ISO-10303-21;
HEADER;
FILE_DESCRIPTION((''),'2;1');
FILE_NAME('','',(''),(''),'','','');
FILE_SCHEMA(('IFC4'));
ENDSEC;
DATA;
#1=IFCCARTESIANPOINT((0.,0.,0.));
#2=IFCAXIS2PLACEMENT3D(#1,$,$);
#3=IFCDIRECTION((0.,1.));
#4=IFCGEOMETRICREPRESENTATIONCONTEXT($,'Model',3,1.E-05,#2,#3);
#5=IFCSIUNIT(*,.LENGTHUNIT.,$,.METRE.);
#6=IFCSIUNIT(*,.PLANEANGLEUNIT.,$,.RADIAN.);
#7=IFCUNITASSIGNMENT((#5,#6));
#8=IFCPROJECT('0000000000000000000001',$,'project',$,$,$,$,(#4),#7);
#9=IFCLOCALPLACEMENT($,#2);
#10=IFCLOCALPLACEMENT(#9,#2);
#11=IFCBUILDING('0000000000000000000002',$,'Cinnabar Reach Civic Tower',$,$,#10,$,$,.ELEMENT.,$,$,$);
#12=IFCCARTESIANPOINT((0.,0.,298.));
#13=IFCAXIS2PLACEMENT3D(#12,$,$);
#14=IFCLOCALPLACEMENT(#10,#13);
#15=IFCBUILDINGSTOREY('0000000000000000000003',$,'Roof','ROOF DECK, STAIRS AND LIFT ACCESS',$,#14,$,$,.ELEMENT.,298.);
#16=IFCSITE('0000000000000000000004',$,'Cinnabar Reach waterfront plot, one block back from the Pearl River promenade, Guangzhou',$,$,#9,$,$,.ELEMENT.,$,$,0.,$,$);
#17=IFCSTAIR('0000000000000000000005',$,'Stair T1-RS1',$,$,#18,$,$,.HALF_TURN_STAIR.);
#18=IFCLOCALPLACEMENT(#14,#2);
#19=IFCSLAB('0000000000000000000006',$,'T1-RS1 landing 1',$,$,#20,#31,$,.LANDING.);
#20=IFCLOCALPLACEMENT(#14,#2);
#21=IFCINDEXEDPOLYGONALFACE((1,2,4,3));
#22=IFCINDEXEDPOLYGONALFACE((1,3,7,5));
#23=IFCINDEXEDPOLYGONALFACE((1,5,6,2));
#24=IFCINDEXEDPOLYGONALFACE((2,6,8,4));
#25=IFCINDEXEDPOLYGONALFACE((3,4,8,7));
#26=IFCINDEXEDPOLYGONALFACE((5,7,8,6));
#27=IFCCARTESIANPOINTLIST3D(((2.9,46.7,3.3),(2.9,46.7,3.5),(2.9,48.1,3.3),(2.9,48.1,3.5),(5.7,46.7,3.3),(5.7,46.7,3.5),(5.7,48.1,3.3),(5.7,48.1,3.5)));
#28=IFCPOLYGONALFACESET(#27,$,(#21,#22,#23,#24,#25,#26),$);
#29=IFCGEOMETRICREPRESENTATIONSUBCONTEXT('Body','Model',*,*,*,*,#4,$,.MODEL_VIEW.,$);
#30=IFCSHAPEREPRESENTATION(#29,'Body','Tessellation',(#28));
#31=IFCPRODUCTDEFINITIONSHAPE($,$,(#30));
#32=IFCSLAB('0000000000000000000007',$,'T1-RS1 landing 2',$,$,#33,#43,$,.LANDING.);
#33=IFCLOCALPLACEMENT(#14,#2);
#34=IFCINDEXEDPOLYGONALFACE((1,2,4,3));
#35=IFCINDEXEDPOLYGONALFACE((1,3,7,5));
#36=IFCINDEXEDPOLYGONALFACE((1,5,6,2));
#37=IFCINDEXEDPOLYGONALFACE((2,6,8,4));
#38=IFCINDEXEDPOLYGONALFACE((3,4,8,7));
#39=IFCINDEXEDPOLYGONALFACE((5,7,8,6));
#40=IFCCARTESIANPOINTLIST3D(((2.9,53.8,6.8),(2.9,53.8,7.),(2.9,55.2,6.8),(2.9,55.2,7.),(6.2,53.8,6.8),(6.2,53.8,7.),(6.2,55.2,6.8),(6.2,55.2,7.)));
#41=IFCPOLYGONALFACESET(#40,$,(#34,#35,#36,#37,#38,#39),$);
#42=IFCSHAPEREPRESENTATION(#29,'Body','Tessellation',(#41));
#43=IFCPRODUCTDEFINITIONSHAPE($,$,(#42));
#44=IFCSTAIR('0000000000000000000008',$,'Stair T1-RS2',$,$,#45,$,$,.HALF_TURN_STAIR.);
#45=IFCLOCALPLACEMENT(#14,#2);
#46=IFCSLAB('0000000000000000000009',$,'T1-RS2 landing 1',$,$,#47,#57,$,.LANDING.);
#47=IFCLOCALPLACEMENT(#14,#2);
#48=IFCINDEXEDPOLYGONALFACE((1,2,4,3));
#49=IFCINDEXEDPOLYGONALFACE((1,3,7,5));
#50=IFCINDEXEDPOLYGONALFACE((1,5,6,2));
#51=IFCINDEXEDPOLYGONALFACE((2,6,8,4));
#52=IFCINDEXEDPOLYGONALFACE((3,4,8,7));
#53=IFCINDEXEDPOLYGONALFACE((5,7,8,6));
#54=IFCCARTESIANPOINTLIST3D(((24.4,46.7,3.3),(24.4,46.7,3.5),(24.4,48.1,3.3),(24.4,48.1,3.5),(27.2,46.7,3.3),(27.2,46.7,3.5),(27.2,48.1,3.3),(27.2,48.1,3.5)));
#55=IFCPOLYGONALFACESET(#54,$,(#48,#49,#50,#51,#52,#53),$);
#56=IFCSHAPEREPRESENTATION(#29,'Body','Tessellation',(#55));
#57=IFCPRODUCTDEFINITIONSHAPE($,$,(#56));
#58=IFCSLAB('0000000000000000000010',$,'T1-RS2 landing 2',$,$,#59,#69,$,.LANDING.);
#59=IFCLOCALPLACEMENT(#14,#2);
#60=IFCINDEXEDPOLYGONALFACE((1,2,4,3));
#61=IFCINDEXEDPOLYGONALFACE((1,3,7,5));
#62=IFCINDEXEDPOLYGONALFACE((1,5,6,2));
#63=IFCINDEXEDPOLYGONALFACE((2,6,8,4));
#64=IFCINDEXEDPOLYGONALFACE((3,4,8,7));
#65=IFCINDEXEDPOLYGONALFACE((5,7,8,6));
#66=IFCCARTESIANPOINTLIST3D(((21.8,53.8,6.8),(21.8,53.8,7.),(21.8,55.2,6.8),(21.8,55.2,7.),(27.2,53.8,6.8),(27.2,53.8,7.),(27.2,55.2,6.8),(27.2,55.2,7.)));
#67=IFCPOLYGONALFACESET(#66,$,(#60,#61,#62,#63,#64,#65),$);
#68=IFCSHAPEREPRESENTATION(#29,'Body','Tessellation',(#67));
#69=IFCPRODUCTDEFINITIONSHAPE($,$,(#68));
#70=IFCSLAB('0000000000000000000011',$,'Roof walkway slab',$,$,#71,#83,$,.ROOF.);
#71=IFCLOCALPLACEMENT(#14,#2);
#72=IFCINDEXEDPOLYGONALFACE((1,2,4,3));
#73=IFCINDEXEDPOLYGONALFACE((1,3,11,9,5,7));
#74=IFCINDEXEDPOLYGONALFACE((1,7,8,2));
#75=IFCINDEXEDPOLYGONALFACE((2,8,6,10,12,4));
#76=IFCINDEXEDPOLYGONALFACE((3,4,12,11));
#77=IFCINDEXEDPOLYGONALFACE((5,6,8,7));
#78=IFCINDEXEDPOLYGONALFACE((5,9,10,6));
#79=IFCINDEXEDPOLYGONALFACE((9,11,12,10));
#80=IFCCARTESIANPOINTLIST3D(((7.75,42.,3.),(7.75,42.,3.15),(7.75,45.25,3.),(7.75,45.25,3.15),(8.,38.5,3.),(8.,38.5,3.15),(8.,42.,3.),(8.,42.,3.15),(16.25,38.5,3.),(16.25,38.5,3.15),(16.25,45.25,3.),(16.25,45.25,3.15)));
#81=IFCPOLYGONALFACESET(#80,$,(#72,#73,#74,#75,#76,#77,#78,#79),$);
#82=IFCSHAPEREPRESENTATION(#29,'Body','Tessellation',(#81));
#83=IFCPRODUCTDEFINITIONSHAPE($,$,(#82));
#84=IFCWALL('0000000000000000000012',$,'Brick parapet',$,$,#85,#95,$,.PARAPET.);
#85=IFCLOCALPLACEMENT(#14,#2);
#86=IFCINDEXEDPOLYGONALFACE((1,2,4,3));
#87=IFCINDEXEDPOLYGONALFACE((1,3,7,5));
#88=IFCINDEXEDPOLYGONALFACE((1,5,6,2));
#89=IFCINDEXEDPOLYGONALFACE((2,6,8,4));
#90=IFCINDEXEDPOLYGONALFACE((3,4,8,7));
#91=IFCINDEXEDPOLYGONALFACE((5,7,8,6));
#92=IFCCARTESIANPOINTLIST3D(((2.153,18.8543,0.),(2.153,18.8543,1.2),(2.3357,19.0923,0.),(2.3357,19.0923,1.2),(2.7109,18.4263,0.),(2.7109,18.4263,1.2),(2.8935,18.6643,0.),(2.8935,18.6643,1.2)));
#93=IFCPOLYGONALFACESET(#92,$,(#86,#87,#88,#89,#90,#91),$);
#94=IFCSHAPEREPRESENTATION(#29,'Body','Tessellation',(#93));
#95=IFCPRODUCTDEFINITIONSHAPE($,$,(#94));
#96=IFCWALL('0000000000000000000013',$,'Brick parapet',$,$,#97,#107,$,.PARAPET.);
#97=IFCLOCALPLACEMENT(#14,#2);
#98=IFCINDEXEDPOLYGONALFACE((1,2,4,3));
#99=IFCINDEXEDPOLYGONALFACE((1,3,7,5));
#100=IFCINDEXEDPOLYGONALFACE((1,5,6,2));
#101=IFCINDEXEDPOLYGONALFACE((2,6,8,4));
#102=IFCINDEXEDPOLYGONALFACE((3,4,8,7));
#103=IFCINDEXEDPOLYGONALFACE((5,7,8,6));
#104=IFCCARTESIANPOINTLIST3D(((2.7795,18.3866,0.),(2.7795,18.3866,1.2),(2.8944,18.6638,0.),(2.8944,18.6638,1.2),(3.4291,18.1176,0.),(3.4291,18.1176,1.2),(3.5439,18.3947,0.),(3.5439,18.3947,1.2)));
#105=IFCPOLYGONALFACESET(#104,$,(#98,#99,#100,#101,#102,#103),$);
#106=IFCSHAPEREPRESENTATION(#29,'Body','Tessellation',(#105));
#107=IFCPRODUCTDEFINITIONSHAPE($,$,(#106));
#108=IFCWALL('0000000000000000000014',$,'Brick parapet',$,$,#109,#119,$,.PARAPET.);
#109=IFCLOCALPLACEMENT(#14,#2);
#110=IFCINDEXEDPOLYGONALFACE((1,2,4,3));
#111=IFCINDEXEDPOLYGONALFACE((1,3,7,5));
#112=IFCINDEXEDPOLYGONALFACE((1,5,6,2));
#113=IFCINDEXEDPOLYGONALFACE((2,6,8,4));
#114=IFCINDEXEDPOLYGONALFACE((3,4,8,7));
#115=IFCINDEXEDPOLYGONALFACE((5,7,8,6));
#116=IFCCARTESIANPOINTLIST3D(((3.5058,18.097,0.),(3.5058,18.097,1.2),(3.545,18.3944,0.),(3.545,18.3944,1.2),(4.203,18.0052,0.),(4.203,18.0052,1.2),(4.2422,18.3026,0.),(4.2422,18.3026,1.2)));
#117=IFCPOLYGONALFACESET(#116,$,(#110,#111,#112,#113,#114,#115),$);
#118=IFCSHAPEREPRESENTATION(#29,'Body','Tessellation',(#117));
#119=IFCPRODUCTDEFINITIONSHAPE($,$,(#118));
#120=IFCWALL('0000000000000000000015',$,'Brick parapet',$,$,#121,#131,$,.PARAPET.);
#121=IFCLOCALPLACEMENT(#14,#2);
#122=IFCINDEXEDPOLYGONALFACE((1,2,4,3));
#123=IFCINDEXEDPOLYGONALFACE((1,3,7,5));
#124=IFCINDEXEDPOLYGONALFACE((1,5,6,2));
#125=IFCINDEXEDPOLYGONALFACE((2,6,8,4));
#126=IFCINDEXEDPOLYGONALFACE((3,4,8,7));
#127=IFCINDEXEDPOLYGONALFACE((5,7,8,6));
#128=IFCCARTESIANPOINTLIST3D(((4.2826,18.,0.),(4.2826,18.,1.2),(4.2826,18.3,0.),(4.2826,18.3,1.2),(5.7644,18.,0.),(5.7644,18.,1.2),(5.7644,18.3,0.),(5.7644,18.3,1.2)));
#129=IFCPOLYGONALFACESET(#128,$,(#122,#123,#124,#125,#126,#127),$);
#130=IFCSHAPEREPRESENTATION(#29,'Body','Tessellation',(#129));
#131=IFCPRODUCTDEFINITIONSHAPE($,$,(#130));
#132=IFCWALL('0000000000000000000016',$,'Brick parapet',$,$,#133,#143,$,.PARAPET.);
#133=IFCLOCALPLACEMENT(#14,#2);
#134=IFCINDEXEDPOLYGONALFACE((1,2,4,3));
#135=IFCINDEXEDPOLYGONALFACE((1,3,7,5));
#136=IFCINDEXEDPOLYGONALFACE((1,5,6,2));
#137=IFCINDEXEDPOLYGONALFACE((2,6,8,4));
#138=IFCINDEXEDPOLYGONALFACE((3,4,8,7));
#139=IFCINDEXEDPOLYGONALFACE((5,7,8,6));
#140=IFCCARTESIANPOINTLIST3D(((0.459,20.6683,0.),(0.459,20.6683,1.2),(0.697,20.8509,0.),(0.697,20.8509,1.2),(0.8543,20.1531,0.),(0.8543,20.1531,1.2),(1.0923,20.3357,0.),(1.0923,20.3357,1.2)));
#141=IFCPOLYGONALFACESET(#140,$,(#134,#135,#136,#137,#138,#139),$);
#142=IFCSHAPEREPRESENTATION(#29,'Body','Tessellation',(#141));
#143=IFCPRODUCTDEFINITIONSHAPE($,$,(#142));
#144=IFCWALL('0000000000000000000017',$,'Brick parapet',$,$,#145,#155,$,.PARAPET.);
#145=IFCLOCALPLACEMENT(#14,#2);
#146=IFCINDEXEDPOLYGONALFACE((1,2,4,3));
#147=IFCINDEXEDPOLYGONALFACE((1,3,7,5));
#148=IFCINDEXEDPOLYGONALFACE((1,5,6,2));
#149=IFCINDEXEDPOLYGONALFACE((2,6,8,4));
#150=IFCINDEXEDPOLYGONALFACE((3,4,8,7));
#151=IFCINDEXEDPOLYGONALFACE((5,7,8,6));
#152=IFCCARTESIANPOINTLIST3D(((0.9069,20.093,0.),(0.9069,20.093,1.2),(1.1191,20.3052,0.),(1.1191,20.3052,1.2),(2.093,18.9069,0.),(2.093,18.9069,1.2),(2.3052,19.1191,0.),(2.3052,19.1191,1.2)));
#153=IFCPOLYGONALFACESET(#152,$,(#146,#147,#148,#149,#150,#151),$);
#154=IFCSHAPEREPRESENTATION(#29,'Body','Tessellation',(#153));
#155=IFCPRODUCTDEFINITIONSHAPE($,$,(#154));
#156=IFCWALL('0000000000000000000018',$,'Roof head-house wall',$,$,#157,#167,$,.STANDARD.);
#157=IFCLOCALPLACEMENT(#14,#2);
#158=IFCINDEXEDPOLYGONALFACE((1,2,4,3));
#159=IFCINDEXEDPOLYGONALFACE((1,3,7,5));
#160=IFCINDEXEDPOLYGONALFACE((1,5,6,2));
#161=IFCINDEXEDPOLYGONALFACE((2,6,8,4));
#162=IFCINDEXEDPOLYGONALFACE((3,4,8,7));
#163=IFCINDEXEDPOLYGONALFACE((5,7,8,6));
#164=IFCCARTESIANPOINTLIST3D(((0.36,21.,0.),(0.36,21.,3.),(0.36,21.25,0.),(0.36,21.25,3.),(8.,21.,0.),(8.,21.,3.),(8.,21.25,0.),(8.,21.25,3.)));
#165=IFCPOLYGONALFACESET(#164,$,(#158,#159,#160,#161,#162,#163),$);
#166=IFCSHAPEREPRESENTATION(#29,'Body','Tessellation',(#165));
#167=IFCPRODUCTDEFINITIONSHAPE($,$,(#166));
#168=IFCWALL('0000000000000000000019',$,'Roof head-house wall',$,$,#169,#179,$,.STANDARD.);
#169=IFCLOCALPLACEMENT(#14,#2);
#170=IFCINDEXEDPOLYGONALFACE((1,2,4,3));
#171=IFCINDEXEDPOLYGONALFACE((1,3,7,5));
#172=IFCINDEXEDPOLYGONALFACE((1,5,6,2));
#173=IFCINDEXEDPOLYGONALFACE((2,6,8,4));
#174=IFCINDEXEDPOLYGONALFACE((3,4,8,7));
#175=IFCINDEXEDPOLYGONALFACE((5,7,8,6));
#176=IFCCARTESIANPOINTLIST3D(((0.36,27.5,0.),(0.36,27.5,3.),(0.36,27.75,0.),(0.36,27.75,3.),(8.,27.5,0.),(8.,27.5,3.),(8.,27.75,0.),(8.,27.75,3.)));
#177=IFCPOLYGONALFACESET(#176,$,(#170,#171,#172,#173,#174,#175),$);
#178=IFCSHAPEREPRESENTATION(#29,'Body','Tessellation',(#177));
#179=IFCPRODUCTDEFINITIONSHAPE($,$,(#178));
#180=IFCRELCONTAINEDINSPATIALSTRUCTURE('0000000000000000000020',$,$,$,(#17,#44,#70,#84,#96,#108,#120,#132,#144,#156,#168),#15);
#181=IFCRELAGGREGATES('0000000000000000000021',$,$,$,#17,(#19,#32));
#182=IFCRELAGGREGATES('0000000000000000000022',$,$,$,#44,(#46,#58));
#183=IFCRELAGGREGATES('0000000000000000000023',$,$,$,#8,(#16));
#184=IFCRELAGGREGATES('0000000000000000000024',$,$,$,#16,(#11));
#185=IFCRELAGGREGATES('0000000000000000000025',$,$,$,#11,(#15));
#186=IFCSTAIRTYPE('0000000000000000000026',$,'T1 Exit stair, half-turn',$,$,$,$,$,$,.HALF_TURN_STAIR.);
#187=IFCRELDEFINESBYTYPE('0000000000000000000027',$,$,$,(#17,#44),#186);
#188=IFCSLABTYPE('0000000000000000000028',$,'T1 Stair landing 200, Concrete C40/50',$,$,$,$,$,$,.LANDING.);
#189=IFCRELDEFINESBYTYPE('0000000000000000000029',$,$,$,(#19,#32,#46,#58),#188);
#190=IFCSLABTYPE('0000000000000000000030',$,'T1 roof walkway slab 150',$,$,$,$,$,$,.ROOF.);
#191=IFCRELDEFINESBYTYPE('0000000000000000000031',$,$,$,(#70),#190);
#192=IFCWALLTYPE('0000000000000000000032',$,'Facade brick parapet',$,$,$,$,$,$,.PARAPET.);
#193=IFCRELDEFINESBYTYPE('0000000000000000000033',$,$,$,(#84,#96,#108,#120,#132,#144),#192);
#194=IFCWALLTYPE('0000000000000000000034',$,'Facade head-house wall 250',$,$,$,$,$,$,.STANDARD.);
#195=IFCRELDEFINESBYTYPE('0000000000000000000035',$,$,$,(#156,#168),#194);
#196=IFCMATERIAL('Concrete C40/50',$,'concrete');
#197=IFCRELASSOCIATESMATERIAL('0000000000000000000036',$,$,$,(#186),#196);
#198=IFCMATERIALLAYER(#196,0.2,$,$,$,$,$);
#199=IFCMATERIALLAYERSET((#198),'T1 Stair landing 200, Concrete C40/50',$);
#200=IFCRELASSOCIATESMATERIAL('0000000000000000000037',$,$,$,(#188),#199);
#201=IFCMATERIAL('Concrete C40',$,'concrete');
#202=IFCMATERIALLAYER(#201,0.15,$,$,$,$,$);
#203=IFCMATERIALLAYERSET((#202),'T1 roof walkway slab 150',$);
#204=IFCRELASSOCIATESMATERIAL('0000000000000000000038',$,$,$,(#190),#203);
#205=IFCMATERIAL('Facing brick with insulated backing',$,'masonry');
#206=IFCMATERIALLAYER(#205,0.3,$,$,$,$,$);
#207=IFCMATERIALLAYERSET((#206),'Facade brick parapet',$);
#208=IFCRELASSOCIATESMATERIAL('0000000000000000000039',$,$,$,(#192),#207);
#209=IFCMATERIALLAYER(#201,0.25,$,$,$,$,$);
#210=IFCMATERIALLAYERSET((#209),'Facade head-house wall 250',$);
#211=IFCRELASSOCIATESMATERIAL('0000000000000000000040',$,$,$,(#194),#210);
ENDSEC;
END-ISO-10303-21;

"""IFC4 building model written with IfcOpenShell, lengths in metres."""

from ifc_helpers import new_model, si_unit, direction, frame, frame_2d, origin, place, context, subcontext, project, spatial, polyline, rectangle, outline, extrude, material, layer, layer_set, type_object, element, aggregate, save


model = new_model("IFC4")

# Units and contexts
model_context = context("Model", 3, precision=1e-05, world=origin(), true_north=direction((0.0, 1.0)))
body_context = subcontext(model_context, "Body", "Model", "MODEL_VIEW")
ifc_project = project(units=[si_unit("LENGTHUNIT", "METRE"), si_unit("PLANEANGLEUNIT", "RADIAN")], contexts=[model_context])

# Site, building, storey
site_placement = place(None, origin())
site = spatial("IfcSite", under=ifc_project, at=site_placement, Name="Cinnabar Reach waterfront plot, one block back from the Pearl River promenade, Guangzhou", CompositionType="ELEMENT", RefElevation=0.0)
building_placement = place(site_placement, origin())
building = spatial("IfcBuilding", under=site, at=building_placement, Name="Cinnabar Reach Civic Tower", CompositionType="ELEMENT")
storey_placement = place(building_placement, frame((0.0, 0.0, 298.0)))
storey = spatial("IfcBuildingStorey", under=building, at=storey_placement, Name="Roof", Description="ROOF DECK, STAIRS AND LIFT ACCESS", CompositionType="ELEMENT", Elevation=298.0)

# Shared definitions
ifc_material_1 = material(Name="Concrete C40", Category="concrete")

# Stairs, slabs
ifc_material_2 = material(Name="Concrete C40/50", Category="concrete")
stair_type = type_object("IfcStairType", Name="T1 Exit stair, half-turn", PredefinedType="HALF_TURN_STAIR", material=ifc_material_2)
stair_1_placement = place(storey_placement, origin())
stair_1 = element("IfcStair", 1, at=stair_1_placement, inside=storey, type_object=stair_type, Name="Stair T1-RS1", PredefinedType="HALF_TURN_STAIR")
ifc_layer_1 = layer(ifc_material_2, 0.2)
ifc_layer_set_1 = layer_set([ifc_layer_1], Name="T1 Stair landing 200, Concrete C40/50")
slab_type_1 = type_object("IfcSlabType", Name="T1 Stair landing 200, Concrete C40/50", PredefinedType="LANDING", material=ifc_layer_set_1)
slab_1_placement = place(storey_placement, frame((0.0, 0.0, 3.3)))
slab_1 = element("IfcSlab", 2, at=slab_1_placement, type_object=slab_type_1, Name="T1-RS1 landing 1", PredefinedType="LANDING", context=body_context, shape_type="SweptSolid", body=[
    extrude(outline(polyline([(5.7, 46.7), (5.7, 48.1), (2.9, 48.1), (2.9, 46.7), (5.7, 46.7)])), origin(), (0.0, 0.0, 1.0), 0.2),
])
slab_2_placement = place(storey_placement, frame((0.0, 0.0, 6.8)))
slab_2 = element("IfcSlab", 3, at=slab_2_placement, type_object=slab_type_1, Name="T1-RS1 landing 2", PredefinedType="LANDING", context=body_context, shape_type="SweptSolid", body=[
    extrude(outline(polyline([(6.2, 53.8), (6.2, 55.2), (2.9, 55.2), (2.9, 53.8), (6.2, 53.8)])), origin(), (0.0, 0.0, 1.0), 0.2),
])
aggregate(stair_1, [slab_1, slab_2])
stair_2_placement = place(storey_placement, origin())
stair_2 = element("IfcStair", 4, at=stair_2_placement, inside=storey, type_object=stair_type, Name="Stair T1-RS2", PredefinedType="HALF_TURN_STAIR")
slab_3_placement = place(storey_placement, frame((0.0, 0.0, 3.3)))
slab_3 = element("IfcSlab", 5, at=slab_3_placement, type_object=slab_type_1, Name="T1-RS2 landing 1", PredefinedType="LANDING", context=body_context, shape_type="SweptSolid", body=[
    extrude(outline(polyline([(27.2, 46.7), (27.2, 48.1), (24.4, 48.1), (24.4, 46.7), (27.2, 46.7)])), origin(), (0.0, 0.0, 1.0), 0.2),
])
slab_4_placement = place(storey_placement, frame((0.0, 0.0, 6.8)))
slab_4 = element("IfcSlab", 6, at=slab_4_placement, type_object=slab_type_1, Name="T1-RS2 landing 2", PredefinedType="LANDING", context=body_context, shape_type="SweptSolid", body=[
    extrude(outline(polyline([(27.2, 53.8), (27.2, 55.2), (21.8, 55.2), (21.8, 53.8), (27.2, 53.8)])), origin(), (0.0, 0.0, 1.0), 0.2),
])
aggregate(stair_2, [slab_3, slab_4])

# Slab
ifc_layer_2 = layer(ifc_material_1, 0.15)
ifc_layer_set_2 = layer_set([ifc_layer_2], Name="T1 roof walkway slab 150")
slab_type_2 = type_object("IfcSlabType", Name="T1 roof walkway slab 150", PredefinedType="ROOF", material=ifc_layer_set_2)
slab_5_placement = place(storey_placement, frame((0.0, 0.0, 3.0)))
element("IfcSlab", 7, at=slab_5_placement, inside=storey, type_object=slab_type_2, Name="Roof walkway slab", PredefinedType="ROOF", context=body_context, shape_type="SweptSolid", body=[
    extrude(outline(polyline([(8.0, 38.5), (16.25, 38.5), (16.25, 45.25), (7.75, 45.25), (7.75, 42.0), (8.0, 42.0), (8.0, 38.5)])), origin(), (0.0, 0.0, 1.0), 0.15),
])

# Walls
ifc_material_3 = material(Name="Facing brick with insulated backing", Category="masonry")
ifc_layer_3 = layer(ifc_material_3, 0.3)
ifc_layer_set_3 = layer_set([ifc_layer_3], Name="Facade brick parapet")
wall_type_1 = type_object("IfcWallType", Name="Facade brick parapet", PredefinedType="PARAPET", material=ifc_layer_set_3)
for number, where, z_axis, x_axis, name in (
    (8, (2.2444, 18.9733, 0.0), (0.0, 0.0, 1.0), (0.793364, -0.608748, 0.0), "Brick parapet"),
    (9, (2.837, 18.5252, 0.0), (0.0, 0.0, 1.0), (0.923866, -0.382716, 0.0), "Brick parapet"),
):
    element("IfcWall", number, at=place(storey_placement, frame(where, z_axis=z_axis, x_axis=x_axis)), inside=storey, type_object=wall_type_1, Name=name, PredefinedType="PARAPET", context=body_context, shape_type="SweptSolid", body=[
        extrude(rectangle(XDim=0.7031, YDim=0.3, at=frame_2d((0.3515, 0.0))), origin(), (0.0, 0.0, 1.0), 1.2),
    ])
wall_1_placement = place(storey_placement, frame((3.5254, 18.2457, 0.0), z_axis=(0.0, 0.0, 1.0), x_axis=(0.991443, -0.130543, 0.0)))
element("IfcWall", 10, at=wall_1_placement, inside=storey, type_object=wall_type_1, Name="Brick parapet", PredefinedType="PARAPET", context=body_context, shape_type="SweptSolid", body=[
    extrude(rectangle(XDim=0.7032, YDim=0.3, at=frame_2d((0.3516, 0.0))), origin(), (0.0, 0.0, 1.0), 1.2),
])
wall_2_placement = place(storey_placement, frame((4.2826, 18.15, 0.0), z_axis=(0.0, 0.0, 1.0), x_axis=(1.0, 0.0, 0.0)))
element("IfcWall", 11, at=wall_2_placement, inside=storey, type_object=wall_type_1, Name="Brick parapet", PredefinedType="PARAPET", context=body_context, shape_type="SweptSolid", body=[
    extrude(rectangle(XDim=1.4818, YDim=0.3, at=frame_2d((0.7409, 0.0))), origin(), (0.0, 0.0, 1.0), 1.2),
])
wall_3_placement = place(storey_placement, frame((0.578, 20.7596, 0.0), z_axis=(0.0, 0.0, 1.0), x_axis=(0.608735, -0.793373, 0.0)))
element("IfcWall", 12, at=wall_3_placement, inside=storey, type_object=wall_type_1, Name="Brick parapet", PredefinedType="PARAPET", context=body_context, shape_type="SweptSolid", body=[
    extrude(rectangle(XDim=0.6494, YDim=0.3, at=frame_2d((0.3247, 0.0))), origin(), (0.0, 0.0, 1.0), 1.2),
])
wall_4_placement = place(storey_placement, frame((1.013, 20.1991, 0.0), z_axis=(0.0, 0.0, 1.0), x_axis=(0.707107, -0.707107, 0.0)))
element("IfcWall", 13, at=wall_4_placement, inside=storey, type_object=wall_type_1, Name="Brick parapet", PredefinedType="PARAPET", context=body_context, shape_type="SweptSolid", body=[
    extrude(rectangle(XDim=1.6774, YDim=0.3, at=frame_2d((0.8387, 0.0))), origin(), (0.0, 0.0, 1.0), 1.2),
])
ifc_layer_4 = layer(ifc_material_1, 0.25)
ifc_layer_set_4 = layer_set([ifc_layer_4], Name="Facade head-house wall 250")
wall_type_2 = type_object("IfcWallType", Name="Facade head-house wall 250", PredefinedType="STANDARD", material=ifc_layer_set_4)
for number, where, z_axis, x_axis, name in (
    (14, (0.36, 21.125, 0.0), (0.0, 0.0, 1.0), (1.0, 0.0, 0.0), "Roof head-house wall"),
    (15, (0.36, 27.625, 0.0), (0.0, 0.0, 1.0), (1.0, 0.0, 0.0), "Roof head-house wall"),
):
    element("IfcWall", number, at=place(storey_placement, frame(where, z_axis=z_axis, x_axis=x_axis)), inside=storey, type_object=wall_type_2, Name=name, PredefinedType="STANDARD", context=body_context, shape_type="SweptSolid", body=[
        extrude(rectangle(XDim=7.64, YDim=0.25, at=frame_2d((3.82, 0.0))), origin(), (0.0, 0.0, 1.0), 3.0),
    ])

save(model, "model.ifc")
